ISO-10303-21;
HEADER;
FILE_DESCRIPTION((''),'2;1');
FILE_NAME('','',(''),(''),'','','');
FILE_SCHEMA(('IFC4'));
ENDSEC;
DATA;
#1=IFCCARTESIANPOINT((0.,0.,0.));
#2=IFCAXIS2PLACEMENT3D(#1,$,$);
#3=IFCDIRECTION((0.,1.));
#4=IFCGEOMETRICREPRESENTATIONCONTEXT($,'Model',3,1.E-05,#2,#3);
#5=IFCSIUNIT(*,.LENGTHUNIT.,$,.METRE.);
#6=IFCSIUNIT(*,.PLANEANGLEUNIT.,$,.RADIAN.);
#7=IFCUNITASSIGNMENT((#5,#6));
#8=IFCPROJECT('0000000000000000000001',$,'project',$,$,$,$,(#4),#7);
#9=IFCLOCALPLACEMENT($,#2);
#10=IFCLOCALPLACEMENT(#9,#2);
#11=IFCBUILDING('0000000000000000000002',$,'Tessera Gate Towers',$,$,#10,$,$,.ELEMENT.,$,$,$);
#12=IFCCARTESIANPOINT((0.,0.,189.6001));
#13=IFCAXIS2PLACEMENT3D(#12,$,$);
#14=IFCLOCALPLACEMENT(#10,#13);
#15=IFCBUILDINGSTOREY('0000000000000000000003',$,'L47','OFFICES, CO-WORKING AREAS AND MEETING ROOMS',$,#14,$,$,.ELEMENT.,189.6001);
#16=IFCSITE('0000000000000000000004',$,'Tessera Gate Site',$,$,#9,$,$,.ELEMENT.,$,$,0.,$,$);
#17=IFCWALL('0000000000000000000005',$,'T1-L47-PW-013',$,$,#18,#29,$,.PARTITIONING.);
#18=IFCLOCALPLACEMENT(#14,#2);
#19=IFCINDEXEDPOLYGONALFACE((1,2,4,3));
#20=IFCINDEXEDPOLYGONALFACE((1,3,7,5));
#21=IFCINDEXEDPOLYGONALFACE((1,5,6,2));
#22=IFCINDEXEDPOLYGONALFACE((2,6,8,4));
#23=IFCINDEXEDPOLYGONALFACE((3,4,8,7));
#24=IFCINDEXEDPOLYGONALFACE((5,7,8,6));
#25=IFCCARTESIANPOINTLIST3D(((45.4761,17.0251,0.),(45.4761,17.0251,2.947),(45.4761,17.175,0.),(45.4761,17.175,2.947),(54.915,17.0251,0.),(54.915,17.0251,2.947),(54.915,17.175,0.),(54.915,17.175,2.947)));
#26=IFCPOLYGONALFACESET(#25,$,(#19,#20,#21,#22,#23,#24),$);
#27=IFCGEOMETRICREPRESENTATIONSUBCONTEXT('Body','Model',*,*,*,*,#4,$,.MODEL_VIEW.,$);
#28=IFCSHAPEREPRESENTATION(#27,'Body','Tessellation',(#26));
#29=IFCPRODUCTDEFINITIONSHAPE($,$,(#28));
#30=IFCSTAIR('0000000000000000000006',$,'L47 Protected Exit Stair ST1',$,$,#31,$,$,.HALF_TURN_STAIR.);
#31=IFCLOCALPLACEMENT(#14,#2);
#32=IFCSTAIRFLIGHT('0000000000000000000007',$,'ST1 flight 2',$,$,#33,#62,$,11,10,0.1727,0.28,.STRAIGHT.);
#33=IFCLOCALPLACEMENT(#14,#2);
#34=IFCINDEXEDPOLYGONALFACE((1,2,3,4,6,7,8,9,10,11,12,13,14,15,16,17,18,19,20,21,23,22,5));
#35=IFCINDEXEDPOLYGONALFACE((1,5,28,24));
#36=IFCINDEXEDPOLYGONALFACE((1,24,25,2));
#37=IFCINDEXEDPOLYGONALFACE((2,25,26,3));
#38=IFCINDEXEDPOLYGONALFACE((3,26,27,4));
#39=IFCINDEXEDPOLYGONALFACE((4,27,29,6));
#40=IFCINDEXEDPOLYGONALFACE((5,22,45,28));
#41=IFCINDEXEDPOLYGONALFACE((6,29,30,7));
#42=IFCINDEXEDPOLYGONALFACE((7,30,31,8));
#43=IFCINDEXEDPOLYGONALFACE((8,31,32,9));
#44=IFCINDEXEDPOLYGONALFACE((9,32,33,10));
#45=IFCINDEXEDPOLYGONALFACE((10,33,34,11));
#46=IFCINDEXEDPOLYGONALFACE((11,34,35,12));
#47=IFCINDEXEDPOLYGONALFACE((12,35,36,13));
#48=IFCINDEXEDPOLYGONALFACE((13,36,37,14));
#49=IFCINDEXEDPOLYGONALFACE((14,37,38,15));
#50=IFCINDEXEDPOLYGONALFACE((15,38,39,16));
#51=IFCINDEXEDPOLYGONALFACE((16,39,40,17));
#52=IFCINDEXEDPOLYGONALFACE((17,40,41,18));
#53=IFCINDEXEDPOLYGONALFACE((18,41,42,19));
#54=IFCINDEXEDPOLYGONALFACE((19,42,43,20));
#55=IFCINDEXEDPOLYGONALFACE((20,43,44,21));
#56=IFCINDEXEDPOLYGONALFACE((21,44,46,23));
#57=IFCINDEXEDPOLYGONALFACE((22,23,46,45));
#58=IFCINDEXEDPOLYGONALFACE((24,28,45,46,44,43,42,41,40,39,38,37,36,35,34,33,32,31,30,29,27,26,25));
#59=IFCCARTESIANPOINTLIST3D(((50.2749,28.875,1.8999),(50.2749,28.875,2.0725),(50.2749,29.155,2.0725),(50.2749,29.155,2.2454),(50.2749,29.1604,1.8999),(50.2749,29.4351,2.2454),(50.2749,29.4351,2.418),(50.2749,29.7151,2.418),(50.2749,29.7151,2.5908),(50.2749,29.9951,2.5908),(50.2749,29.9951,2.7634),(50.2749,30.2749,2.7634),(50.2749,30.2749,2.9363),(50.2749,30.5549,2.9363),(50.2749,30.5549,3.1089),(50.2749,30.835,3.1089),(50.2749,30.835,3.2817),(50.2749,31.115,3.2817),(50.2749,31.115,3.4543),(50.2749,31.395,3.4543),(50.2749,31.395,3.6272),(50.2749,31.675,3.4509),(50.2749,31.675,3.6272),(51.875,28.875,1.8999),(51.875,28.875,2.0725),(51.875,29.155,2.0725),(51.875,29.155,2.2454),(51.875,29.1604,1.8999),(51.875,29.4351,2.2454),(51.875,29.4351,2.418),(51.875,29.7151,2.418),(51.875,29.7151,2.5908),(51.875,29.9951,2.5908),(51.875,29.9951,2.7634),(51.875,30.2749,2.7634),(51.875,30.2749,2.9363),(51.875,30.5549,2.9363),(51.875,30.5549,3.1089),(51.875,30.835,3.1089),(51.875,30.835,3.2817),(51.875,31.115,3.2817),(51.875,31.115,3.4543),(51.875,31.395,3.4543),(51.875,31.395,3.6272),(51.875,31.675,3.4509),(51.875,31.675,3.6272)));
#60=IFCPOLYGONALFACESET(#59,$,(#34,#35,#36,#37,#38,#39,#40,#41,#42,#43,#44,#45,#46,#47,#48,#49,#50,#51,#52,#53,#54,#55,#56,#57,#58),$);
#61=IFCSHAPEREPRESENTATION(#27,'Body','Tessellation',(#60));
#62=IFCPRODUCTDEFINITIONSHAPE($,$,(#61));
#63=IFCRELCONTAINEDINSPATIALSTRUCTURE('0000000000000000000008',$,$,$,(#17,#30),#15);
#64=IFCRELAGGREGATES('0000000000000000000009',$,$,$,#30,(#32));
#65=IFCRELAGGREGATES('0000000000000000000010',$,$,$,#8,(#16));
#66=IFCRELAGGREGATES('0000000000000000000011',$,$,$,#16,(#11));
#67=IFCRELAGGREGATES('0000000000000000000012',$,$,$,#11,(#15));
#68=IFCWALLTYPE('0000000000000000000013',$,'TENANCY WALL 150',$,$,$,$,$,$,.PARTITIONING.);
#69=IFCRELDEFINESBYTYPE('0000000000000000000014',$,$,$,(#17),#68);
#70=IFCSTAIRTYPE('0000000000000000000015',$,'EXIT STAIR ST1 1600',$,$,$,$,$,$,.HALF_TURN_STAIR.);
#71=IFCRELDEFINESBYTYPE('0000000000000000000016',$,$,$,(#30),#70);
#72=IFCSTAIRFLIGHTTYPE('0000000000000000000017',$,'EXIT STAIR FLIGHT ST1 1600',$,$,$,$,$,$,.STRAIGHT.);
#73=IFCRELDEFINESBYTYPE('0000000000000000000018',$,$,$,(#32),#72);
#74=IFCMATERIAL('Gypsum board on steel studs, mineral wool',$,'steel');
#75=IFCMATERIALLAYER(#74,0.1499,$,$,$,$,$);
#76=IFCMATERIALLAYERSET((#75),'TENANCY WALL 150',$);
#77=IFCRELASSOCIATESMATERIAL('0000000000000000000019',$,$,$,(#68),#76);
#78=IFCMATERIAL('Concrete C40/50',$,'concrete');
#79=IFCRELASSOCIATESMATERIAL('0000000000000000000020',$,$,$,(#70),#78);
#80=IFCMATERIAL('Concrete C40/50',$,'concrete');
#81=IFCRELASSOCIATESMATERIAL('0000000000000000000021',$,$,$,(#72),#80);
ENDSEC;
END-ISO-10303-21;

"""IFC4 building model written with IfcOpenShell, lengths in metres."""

from ifc_helpers import new_model, si_unit, direction, frame, frame_2d, origin, place, context, subcontext, project, spatial, polyline, rectangle, outline, extrude, material, layer, layer_set, type_object, element, aggregate, save


model = new_model("IFC4")

# Units and contexts
model_context = context("Model", 3, precision=1e-05, world=origin(), true_north=direction((0.0, 1.0)))
body_context = subcontext(model_context, "Body", "Model", "MODEL_VIEW")
ifc_project = project(units=[si_unit("LENGTHUNIT", "METRE"), si_unit("PLANEANGLEUNIT", "RADIAN")], contexts=[model_context])

# Site, building, storey
site_placement = place(None, origin())
site = spatial("IfcSite", under=ifc_project, at=site_placement, Name="Tessera Gate Site", CompositionType="ELEMENT", RefElevation=0.0)
building_placement = place(site_placement, origin())
building = spatial("IfcBuilding", under=site, at=building_placement, Name="Tessera Gate Towers", CompositionType="ELEMENT")
storey_placement = place(building_placement, frame((0.0, 0.0, 189.6001)))
storey = spatial("IfcBuildingStorey", under=building, at=storey_placement, Name="L47", Description="OFFICES, CO-WORKING AREAS AND MEETING ROOMS", CompositionType="ELEMENT", Elevation=189.6001)

# Wall
ifc_material_1 = material(Name="Gypsum board on steel studs, mineral wool", Category="steel")
ifc_layer_1 = layer(ifc_material_1, 0.1499)
ifc_layer_set_1 = layer_set([ifc_layer_1], Name="TENANCY WALL 150")
wall_type_1 = type_object("IfcWallType", Name="TENANCY WALL 150", PredefinedType="PARTITIONING", material=ifc_layer_set_1)
wall_1_placement = place(storey_placement, frame((45.4761, 17.1001, 0.0), z_axis=(0.0, 0.0, 1.0), x_axis=(1.0, 0.0, 0.0)))
element("IfcWall", 1, at=wall_1_placement, inside=storey, type_object=wall_type_1, Name="T1-L47-PW-013", PredefinedType="PARTITIONING", context=body_context, shape_type="SweptSolid", body=[
    extrude(rectangle(XDim=9.439, YDim=0.1499, at=frame_2d((4.7195, 0.0))), origin(), (0.0, 0.0, 1.0), 2.947),
])

# Stair, stair flight
ifc_material_2 = material(Name="Concrete C40/50", Category="concrete")
stair_type = type_object("IfcStairType", Name="EXIT STAIR ST1 1600", PredefinedType="HALF_TURN_STAIR", material=ifc_material_2)
stair_placement = place(storey_placement, origin())
stair = element("IfcStair", 2, at=stair_placement, inside=storey, type_object=stair_type, Name="L47 Protected Exit Stair ST1", PredefinedType="HALF_TURN_STAIR")
ifc_material_3 = material(Name="Concrete C40/50", Category="concrete")
stair_flight_type = type_object("IfcStairFlightType", Name="EXIT STAIR FLIGHT ST1 1600", PredefinedType="STRAIGHT", material=ifc_material_3)
stair_flight_placement = place(storey_placement, frame((51.075, 28.875, 1.8999), z_axis=(0.0, 0.0, 1.0), x_axis=(0.0, 1.0, 0.0)))
stair_flight = element("IfcStairFlight", 3, at=stair_flight_placement, type_object=stair_flight_type, Name="ST1 flight 2", NumberOfRisers=11, NumberOfTreads=10, PredefinedType="STRAIGHT", RiserHeight=0.1727, TreadLength=0.28, context=body_context, shape_type="SweptSolid", body=[
    extrude(outline(polyline([(0.0, 0.0), (0.0, 0.1726), (0.28, 0.1726), (0.28, 0.3455), (0.5601, 0.3455), (0.5601, 0.5181), (0.8401, 0.5181), (0.8401, 0.6909), (1.1201, 0.6909), (1.1201, 0.8635), (1.3999, 0.8635), (1.3999, 1.0364), (1.6799, 1.0364), (1.6799, 1.209), (1.96, 1.209), (1.96, 1.3818), (2.24, 1.3818), (2.24, 1.5544), (2.52, 1.5544), (2.52, 1.7273), (2.8, 1.7273), (2.8, 1.8999), (2.8, 1.551), (0.2854, 0.0), (0.0, 0.0)])), frame((0.0, 0.8, 0.0), z_axis=(0.0, -1.0, 0.0), x_axis=(1.0, 0.0, 0.0)), (0.0, 0.0, 1.0), 1.6001),
])
aggregate(stair, [stair_flight])

save(model, "model.ifc")
